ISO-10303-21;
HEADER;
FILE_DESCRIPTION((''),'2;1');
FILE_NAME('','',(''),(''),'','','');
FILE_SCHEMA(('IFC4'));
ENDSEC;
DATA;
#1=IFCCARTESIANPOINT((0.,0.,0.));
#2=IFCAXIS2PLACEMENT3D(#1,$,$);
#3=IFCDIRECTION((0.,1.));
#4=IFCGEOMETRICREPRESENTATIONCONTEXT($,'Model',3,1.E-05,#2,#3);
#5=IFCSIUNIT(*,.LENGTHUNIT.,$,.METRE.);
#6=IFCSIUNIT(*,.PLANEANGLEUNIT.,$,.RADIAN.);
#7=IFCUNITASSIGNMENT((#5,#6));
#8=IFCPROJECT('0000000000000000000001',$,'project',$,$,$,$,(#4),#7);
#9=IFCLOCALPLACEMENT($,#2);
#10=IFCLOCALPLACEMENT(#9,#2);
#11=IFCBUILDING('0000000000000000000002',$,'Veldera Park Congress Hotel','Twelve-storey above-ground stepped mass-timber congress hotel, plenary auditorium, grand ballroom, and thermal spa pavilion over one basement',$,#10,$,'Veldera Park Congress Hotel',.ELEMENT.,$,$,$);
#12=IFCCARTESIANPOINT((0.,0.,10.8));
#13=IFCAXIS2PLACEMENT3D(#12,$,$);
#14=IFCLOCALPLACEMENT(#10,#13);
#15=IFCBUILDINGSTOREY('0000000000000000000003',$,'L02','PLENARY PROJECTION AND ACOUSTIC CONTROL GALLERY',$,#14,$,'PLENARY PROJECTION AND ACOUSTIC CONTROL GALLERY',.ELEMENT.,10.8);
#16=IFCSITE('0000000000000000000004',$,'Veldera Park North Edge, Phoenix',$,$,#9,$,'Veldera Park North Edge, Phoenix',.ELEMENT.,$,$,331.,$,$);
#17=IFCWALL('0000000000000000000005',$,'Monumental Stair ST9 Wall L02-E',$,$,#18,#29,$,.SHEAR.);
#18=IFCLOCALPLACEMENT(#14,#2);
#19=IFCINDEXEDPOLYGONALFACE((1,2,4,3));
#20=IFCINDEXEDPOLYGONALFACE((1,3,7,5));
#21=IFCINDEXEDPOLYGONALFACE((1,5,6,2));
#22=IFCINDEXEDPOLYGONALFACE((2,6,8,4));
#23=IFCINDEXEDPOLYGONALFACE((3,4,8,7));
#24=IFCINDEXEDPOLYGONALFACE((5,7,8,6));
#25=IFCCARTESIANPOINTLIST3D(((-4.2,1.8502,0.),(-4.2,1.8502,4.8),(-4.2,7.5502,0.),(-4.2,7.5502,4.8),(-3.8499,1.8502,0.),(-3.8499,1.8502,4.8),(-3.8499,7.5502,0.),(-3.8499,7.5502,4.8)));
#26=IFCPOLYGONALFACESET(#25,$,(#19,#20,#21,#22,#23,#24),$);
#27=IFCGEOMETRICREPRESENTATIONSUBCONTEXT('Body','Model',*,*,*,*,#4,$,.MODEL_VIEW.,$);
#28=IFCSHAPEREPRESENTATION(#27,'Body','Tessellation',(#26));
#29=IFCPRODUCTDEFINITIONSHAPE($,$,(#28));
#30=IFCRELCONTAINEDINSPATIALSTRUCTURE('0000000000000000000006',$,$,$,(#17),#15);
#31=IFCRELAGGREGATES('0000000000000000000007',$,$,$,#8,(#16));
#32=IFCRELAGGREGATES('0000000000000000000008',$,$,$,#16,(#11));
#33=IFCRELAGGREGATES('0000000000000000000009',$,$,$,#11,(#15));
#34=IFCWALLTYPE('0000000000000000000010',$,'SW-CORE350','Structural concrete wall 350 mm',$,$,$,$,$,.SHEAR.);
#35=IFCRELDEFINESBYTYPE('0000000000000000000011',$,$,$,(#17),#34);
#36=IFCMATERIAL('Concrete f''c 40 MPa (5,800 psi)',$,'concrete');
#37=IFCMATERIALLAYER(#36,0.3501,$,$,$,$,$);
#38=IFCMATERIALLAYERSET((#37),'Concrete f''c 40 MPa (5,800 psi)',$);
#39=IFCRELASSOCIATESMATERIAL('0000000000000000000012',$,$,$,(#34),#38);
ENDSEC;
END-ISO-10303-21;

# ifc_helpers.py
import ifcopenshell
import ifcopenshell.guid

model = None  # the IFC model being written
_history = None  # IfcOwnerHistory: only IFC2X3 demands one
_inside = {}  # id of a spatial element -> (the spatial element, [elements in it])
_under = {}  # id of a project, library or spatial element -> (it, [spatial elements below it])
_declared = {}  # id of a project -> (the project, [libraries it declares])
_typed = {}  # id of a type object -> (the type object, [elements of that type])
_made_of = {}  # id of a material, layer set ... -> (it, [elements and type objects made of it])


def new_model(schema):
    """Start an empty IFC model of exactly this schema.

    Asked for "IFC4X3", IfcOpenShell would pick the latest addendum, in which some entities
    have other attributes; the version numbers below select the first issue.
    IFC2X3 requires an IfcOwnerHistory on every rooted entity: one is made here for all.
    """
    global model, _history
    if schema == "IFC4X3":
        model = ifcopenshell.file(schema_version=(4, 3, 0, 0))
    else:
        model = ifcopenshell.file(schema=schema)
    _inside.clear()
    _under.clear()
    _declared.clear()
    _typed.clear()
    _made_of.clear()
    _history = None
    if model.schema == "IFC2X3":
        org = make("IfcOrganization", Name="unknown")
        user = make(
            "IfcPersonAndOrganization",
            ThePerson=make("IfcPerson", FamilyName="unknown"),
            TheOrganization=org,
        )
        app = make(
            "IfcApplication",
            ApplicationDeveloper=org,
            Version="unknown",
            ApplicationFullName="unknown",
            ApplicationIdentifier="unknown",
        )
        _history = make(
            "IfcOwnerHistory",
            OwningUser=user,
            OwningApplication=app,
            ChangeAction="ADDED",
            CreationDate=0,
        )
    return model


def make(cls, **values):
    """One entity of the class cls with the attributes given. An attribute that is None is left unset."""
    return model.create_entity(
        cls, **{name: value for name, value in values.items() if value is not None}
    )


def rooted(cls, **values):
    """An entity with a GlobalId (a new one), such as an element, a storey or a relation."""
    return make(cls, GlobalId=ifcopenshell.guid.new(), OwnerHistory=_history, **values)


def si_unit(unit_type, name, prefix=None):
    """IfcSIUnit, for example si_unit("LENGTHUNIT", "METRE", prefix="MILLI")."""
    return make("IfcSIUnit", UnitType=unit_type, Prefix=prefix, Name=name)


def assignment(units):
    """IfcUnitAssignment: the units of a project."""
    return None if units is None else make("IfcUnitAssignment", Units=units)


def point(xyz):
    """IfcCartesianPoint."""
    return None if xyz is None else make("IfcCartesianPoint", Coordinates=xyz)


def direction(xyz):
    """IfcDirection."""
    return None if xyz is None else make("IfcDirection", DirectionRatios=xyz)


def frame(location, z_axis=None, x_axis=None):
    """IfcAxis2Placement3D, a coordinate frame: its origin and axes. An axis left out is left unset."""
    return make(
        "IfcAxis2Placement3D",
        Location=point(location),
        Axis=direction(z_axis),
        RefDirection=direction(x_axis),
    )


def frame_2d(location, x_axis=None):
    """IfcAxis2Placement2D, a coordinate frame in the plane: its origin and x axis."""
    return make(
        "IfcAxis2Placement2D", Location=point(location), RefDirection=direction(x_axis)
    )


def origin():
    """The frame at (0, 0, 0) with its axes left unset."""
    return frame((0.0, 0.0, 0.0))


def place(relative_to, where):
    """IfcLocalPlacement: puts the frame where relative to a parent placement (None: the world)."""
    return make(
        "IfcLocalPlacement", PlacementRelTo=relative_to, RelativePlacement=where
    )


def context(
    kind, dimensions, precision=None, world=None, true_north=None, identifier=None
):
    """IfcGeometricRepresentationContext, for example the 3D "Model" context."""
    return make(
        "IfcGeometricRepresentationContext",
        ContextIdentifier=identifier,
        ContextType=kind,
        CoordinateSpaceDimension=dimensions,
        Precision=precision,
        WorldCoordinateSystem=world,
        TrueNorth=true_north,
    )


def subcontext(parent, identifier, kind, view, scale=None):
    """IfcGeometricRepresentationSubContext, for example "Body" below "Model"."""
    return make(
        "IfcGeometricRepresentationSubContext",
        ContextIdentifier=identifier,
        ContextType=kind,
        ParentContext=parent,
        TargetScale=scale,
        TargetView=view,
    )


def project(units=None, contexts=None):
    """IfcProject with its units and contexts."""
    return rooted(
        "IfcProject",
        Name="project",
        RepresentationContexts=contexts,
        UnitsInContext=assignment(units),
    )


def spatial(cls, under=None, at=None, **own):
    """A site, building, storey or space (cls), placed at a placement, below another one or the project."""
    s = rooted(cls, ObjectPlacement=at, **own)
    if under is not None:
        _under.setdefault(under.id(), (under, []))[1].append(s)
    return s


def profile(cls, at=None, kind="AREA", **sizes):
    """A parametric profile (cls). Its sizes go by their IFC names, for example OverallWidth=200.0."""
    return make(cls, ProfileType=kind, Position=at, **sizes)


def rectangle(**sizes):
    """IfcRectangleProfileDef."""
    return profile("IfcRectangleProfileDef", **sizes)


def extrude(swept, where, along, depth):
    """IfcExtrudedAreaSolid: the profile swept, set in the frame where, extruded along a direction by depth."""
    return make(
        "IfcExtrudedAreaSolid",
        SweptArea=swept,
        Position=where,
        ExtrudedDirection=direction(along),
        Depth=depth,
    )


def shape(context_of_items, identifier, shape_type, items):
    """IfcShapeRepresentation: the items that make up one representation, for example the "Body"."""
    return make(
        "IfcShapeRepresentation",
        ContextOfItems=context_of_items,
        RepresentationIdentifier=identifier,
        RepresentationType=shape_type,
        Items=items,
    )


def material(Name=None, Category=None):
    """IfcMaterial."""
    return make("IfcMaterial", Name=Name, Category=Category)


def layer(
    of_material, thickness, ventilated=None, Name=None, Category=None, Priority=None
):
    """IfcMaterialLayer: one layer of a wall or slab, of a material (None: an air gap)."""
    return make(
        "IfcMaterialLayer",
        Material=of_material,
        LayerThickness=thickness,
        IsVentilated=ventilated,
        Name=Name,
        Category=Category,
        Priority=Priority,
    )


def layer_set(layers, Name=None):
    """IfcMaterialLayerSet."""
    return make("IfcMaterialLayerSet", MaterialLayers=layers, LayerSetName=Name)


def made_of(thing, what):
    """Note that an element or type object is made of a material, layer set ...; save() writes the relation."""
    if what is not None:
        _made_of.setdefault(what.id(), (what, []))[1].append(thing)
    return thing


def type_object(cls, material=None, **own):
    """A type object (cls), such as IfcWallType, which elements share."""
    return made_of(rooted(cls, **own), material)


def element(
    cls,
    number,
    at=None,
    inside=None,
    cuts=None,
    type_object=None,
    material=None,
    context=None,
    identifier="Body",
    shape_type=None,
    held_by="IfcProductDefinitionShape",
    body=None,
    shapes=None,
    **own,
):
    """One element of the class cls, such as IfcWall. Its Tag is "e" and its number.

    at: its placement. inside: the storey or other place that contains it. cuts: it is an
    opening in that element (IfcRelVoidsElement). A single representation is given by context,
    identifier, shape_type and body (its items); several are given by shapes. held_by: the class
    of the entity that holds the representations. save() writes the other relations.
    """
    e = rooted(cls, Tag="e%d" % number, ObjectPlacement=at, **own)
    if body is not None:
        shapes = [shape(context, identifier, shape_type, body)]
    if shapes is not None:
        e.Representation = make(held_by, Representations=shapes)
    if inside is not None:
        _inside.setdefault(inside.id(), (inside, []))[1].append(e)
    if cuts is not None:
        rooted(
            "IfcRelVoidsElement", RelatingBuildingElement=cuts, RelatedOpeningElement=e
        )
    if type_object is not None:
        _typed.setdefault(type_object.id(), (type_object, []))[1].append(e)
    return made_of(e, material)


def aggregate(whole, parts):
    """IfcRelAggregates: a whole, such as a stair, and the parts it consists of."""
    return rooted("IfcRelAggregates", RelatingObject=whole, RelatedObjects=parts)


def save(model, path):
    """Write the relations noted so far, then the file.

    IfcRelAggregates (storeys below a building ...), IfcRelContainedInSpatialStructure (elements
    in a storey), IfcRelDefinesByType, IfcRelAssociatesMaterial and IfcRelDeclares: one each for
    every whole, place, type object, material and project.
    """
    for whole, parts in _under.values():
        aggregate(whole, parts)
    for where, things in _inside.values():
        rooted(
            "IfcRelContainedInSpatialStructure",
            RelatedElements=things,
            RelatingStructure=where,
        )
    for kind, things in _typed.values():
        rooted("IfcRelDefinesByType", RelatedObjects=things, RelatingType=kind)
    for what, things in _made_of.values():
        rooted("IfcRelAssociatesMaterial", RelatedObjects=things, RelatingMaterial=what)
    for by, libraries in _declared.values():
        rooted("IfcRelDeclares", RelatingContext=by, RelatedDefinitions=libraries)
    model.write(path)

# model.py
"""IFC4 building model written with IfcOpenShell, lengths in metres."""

from ifc_helpers import new_model, si_unit, direction, frame, frame_2d, origin, place, context, subcontext, project, spatial, rectangle, extrude, material, layer, layer_set, type_object, element, save


model = new_model("IFC4")

# Units and contexts
model_context = context("Model", 3, precision=1e-05, world=origin(), true_north=direction((0.0, 1.0)))
body_context = subcontext(model_context, "Body", "Model", "MODEL_VIEW")
ifc_project = project(units=[si_unit("LENGTHUNIT", "METRE"), si_unit("PLANEANGLEUNIT", "RADIAN")], contexts=[model_context])

# Site, building, storey
site_placement = place(None, origin())
site = spatial("IfcSite", under=ifc_project, at=site_placement, Name="Veldera Park North Edge, Phoenix", LongName="Veldera Park North Edge, Phoenix", CompositionType="ELEMENT", RefElevation=331.0)
building_placement = place(site_placement, origin())
building = spatial("IfcBuilding", under=site, at=building_placement, Name="Veldera Park Congress Hotel", Description="Twelve-storey above-ground stepped mass-timber congress hotel, plenary auditorium, grand ballroom, and thermal spa pavilion over one basement", LongName="Veldera Park Congress Hotel", CompositionType="ELEMENT")
storey_placement = place(building_placement, frame((0.0, 0.0, 10.8)))
storey = spatial("IfcBuildingStorey", under=building, at=storey_placement, Name="L02", Description="PLENARY PROJECTION AND ACOUSTIC CONTROL GALLERY", LongName="PLENARY PROJECTION AND ACOUSTIC CONTROL GALLERY", CompositionType="ELEMENT", Elevation=10.8)

# Wall
ifc_material_1 = material(Name="Concrete f'c 40 MPa (5,800 psi)", Category="concrete")
ifc_layer_1 = layer(ifc_material_1, 0.3501)
ifc_layer_set_1 = layer_set([ifc_layer_1], Name="Concrete f'c 40 MPa (5,800 psi)")
wall_type = type_object("IfcWallType", Name="SW-CORE350", Description="Structural concrete wall 350 mm", PredefinedType="SHEAR", material=ifc_layer_set_1)
wall_placement = place(storey_placement, frame((-4.0249, 1.8501, 0.0), z_axis=(0.0, 0.0, 1.0), x_axis=(0.0, 1.0, 0.0)))
element("IfcWall", 1, at=wall_placement, inside=storey, type_object=wall_type, Name="Monumental Stair ST9 Wall L02-E", PredefinedType="SHEAR", context=body_context, shape_type="SweptSolid", body=[
    extrude(rectangle(XDim=5.7, YDim=0.3501, at=frame_2d((2.8501, 0.0))), origin(), (0.0, 0.0, 1.0), 4.8),
])

save(model, "model.ifc")
